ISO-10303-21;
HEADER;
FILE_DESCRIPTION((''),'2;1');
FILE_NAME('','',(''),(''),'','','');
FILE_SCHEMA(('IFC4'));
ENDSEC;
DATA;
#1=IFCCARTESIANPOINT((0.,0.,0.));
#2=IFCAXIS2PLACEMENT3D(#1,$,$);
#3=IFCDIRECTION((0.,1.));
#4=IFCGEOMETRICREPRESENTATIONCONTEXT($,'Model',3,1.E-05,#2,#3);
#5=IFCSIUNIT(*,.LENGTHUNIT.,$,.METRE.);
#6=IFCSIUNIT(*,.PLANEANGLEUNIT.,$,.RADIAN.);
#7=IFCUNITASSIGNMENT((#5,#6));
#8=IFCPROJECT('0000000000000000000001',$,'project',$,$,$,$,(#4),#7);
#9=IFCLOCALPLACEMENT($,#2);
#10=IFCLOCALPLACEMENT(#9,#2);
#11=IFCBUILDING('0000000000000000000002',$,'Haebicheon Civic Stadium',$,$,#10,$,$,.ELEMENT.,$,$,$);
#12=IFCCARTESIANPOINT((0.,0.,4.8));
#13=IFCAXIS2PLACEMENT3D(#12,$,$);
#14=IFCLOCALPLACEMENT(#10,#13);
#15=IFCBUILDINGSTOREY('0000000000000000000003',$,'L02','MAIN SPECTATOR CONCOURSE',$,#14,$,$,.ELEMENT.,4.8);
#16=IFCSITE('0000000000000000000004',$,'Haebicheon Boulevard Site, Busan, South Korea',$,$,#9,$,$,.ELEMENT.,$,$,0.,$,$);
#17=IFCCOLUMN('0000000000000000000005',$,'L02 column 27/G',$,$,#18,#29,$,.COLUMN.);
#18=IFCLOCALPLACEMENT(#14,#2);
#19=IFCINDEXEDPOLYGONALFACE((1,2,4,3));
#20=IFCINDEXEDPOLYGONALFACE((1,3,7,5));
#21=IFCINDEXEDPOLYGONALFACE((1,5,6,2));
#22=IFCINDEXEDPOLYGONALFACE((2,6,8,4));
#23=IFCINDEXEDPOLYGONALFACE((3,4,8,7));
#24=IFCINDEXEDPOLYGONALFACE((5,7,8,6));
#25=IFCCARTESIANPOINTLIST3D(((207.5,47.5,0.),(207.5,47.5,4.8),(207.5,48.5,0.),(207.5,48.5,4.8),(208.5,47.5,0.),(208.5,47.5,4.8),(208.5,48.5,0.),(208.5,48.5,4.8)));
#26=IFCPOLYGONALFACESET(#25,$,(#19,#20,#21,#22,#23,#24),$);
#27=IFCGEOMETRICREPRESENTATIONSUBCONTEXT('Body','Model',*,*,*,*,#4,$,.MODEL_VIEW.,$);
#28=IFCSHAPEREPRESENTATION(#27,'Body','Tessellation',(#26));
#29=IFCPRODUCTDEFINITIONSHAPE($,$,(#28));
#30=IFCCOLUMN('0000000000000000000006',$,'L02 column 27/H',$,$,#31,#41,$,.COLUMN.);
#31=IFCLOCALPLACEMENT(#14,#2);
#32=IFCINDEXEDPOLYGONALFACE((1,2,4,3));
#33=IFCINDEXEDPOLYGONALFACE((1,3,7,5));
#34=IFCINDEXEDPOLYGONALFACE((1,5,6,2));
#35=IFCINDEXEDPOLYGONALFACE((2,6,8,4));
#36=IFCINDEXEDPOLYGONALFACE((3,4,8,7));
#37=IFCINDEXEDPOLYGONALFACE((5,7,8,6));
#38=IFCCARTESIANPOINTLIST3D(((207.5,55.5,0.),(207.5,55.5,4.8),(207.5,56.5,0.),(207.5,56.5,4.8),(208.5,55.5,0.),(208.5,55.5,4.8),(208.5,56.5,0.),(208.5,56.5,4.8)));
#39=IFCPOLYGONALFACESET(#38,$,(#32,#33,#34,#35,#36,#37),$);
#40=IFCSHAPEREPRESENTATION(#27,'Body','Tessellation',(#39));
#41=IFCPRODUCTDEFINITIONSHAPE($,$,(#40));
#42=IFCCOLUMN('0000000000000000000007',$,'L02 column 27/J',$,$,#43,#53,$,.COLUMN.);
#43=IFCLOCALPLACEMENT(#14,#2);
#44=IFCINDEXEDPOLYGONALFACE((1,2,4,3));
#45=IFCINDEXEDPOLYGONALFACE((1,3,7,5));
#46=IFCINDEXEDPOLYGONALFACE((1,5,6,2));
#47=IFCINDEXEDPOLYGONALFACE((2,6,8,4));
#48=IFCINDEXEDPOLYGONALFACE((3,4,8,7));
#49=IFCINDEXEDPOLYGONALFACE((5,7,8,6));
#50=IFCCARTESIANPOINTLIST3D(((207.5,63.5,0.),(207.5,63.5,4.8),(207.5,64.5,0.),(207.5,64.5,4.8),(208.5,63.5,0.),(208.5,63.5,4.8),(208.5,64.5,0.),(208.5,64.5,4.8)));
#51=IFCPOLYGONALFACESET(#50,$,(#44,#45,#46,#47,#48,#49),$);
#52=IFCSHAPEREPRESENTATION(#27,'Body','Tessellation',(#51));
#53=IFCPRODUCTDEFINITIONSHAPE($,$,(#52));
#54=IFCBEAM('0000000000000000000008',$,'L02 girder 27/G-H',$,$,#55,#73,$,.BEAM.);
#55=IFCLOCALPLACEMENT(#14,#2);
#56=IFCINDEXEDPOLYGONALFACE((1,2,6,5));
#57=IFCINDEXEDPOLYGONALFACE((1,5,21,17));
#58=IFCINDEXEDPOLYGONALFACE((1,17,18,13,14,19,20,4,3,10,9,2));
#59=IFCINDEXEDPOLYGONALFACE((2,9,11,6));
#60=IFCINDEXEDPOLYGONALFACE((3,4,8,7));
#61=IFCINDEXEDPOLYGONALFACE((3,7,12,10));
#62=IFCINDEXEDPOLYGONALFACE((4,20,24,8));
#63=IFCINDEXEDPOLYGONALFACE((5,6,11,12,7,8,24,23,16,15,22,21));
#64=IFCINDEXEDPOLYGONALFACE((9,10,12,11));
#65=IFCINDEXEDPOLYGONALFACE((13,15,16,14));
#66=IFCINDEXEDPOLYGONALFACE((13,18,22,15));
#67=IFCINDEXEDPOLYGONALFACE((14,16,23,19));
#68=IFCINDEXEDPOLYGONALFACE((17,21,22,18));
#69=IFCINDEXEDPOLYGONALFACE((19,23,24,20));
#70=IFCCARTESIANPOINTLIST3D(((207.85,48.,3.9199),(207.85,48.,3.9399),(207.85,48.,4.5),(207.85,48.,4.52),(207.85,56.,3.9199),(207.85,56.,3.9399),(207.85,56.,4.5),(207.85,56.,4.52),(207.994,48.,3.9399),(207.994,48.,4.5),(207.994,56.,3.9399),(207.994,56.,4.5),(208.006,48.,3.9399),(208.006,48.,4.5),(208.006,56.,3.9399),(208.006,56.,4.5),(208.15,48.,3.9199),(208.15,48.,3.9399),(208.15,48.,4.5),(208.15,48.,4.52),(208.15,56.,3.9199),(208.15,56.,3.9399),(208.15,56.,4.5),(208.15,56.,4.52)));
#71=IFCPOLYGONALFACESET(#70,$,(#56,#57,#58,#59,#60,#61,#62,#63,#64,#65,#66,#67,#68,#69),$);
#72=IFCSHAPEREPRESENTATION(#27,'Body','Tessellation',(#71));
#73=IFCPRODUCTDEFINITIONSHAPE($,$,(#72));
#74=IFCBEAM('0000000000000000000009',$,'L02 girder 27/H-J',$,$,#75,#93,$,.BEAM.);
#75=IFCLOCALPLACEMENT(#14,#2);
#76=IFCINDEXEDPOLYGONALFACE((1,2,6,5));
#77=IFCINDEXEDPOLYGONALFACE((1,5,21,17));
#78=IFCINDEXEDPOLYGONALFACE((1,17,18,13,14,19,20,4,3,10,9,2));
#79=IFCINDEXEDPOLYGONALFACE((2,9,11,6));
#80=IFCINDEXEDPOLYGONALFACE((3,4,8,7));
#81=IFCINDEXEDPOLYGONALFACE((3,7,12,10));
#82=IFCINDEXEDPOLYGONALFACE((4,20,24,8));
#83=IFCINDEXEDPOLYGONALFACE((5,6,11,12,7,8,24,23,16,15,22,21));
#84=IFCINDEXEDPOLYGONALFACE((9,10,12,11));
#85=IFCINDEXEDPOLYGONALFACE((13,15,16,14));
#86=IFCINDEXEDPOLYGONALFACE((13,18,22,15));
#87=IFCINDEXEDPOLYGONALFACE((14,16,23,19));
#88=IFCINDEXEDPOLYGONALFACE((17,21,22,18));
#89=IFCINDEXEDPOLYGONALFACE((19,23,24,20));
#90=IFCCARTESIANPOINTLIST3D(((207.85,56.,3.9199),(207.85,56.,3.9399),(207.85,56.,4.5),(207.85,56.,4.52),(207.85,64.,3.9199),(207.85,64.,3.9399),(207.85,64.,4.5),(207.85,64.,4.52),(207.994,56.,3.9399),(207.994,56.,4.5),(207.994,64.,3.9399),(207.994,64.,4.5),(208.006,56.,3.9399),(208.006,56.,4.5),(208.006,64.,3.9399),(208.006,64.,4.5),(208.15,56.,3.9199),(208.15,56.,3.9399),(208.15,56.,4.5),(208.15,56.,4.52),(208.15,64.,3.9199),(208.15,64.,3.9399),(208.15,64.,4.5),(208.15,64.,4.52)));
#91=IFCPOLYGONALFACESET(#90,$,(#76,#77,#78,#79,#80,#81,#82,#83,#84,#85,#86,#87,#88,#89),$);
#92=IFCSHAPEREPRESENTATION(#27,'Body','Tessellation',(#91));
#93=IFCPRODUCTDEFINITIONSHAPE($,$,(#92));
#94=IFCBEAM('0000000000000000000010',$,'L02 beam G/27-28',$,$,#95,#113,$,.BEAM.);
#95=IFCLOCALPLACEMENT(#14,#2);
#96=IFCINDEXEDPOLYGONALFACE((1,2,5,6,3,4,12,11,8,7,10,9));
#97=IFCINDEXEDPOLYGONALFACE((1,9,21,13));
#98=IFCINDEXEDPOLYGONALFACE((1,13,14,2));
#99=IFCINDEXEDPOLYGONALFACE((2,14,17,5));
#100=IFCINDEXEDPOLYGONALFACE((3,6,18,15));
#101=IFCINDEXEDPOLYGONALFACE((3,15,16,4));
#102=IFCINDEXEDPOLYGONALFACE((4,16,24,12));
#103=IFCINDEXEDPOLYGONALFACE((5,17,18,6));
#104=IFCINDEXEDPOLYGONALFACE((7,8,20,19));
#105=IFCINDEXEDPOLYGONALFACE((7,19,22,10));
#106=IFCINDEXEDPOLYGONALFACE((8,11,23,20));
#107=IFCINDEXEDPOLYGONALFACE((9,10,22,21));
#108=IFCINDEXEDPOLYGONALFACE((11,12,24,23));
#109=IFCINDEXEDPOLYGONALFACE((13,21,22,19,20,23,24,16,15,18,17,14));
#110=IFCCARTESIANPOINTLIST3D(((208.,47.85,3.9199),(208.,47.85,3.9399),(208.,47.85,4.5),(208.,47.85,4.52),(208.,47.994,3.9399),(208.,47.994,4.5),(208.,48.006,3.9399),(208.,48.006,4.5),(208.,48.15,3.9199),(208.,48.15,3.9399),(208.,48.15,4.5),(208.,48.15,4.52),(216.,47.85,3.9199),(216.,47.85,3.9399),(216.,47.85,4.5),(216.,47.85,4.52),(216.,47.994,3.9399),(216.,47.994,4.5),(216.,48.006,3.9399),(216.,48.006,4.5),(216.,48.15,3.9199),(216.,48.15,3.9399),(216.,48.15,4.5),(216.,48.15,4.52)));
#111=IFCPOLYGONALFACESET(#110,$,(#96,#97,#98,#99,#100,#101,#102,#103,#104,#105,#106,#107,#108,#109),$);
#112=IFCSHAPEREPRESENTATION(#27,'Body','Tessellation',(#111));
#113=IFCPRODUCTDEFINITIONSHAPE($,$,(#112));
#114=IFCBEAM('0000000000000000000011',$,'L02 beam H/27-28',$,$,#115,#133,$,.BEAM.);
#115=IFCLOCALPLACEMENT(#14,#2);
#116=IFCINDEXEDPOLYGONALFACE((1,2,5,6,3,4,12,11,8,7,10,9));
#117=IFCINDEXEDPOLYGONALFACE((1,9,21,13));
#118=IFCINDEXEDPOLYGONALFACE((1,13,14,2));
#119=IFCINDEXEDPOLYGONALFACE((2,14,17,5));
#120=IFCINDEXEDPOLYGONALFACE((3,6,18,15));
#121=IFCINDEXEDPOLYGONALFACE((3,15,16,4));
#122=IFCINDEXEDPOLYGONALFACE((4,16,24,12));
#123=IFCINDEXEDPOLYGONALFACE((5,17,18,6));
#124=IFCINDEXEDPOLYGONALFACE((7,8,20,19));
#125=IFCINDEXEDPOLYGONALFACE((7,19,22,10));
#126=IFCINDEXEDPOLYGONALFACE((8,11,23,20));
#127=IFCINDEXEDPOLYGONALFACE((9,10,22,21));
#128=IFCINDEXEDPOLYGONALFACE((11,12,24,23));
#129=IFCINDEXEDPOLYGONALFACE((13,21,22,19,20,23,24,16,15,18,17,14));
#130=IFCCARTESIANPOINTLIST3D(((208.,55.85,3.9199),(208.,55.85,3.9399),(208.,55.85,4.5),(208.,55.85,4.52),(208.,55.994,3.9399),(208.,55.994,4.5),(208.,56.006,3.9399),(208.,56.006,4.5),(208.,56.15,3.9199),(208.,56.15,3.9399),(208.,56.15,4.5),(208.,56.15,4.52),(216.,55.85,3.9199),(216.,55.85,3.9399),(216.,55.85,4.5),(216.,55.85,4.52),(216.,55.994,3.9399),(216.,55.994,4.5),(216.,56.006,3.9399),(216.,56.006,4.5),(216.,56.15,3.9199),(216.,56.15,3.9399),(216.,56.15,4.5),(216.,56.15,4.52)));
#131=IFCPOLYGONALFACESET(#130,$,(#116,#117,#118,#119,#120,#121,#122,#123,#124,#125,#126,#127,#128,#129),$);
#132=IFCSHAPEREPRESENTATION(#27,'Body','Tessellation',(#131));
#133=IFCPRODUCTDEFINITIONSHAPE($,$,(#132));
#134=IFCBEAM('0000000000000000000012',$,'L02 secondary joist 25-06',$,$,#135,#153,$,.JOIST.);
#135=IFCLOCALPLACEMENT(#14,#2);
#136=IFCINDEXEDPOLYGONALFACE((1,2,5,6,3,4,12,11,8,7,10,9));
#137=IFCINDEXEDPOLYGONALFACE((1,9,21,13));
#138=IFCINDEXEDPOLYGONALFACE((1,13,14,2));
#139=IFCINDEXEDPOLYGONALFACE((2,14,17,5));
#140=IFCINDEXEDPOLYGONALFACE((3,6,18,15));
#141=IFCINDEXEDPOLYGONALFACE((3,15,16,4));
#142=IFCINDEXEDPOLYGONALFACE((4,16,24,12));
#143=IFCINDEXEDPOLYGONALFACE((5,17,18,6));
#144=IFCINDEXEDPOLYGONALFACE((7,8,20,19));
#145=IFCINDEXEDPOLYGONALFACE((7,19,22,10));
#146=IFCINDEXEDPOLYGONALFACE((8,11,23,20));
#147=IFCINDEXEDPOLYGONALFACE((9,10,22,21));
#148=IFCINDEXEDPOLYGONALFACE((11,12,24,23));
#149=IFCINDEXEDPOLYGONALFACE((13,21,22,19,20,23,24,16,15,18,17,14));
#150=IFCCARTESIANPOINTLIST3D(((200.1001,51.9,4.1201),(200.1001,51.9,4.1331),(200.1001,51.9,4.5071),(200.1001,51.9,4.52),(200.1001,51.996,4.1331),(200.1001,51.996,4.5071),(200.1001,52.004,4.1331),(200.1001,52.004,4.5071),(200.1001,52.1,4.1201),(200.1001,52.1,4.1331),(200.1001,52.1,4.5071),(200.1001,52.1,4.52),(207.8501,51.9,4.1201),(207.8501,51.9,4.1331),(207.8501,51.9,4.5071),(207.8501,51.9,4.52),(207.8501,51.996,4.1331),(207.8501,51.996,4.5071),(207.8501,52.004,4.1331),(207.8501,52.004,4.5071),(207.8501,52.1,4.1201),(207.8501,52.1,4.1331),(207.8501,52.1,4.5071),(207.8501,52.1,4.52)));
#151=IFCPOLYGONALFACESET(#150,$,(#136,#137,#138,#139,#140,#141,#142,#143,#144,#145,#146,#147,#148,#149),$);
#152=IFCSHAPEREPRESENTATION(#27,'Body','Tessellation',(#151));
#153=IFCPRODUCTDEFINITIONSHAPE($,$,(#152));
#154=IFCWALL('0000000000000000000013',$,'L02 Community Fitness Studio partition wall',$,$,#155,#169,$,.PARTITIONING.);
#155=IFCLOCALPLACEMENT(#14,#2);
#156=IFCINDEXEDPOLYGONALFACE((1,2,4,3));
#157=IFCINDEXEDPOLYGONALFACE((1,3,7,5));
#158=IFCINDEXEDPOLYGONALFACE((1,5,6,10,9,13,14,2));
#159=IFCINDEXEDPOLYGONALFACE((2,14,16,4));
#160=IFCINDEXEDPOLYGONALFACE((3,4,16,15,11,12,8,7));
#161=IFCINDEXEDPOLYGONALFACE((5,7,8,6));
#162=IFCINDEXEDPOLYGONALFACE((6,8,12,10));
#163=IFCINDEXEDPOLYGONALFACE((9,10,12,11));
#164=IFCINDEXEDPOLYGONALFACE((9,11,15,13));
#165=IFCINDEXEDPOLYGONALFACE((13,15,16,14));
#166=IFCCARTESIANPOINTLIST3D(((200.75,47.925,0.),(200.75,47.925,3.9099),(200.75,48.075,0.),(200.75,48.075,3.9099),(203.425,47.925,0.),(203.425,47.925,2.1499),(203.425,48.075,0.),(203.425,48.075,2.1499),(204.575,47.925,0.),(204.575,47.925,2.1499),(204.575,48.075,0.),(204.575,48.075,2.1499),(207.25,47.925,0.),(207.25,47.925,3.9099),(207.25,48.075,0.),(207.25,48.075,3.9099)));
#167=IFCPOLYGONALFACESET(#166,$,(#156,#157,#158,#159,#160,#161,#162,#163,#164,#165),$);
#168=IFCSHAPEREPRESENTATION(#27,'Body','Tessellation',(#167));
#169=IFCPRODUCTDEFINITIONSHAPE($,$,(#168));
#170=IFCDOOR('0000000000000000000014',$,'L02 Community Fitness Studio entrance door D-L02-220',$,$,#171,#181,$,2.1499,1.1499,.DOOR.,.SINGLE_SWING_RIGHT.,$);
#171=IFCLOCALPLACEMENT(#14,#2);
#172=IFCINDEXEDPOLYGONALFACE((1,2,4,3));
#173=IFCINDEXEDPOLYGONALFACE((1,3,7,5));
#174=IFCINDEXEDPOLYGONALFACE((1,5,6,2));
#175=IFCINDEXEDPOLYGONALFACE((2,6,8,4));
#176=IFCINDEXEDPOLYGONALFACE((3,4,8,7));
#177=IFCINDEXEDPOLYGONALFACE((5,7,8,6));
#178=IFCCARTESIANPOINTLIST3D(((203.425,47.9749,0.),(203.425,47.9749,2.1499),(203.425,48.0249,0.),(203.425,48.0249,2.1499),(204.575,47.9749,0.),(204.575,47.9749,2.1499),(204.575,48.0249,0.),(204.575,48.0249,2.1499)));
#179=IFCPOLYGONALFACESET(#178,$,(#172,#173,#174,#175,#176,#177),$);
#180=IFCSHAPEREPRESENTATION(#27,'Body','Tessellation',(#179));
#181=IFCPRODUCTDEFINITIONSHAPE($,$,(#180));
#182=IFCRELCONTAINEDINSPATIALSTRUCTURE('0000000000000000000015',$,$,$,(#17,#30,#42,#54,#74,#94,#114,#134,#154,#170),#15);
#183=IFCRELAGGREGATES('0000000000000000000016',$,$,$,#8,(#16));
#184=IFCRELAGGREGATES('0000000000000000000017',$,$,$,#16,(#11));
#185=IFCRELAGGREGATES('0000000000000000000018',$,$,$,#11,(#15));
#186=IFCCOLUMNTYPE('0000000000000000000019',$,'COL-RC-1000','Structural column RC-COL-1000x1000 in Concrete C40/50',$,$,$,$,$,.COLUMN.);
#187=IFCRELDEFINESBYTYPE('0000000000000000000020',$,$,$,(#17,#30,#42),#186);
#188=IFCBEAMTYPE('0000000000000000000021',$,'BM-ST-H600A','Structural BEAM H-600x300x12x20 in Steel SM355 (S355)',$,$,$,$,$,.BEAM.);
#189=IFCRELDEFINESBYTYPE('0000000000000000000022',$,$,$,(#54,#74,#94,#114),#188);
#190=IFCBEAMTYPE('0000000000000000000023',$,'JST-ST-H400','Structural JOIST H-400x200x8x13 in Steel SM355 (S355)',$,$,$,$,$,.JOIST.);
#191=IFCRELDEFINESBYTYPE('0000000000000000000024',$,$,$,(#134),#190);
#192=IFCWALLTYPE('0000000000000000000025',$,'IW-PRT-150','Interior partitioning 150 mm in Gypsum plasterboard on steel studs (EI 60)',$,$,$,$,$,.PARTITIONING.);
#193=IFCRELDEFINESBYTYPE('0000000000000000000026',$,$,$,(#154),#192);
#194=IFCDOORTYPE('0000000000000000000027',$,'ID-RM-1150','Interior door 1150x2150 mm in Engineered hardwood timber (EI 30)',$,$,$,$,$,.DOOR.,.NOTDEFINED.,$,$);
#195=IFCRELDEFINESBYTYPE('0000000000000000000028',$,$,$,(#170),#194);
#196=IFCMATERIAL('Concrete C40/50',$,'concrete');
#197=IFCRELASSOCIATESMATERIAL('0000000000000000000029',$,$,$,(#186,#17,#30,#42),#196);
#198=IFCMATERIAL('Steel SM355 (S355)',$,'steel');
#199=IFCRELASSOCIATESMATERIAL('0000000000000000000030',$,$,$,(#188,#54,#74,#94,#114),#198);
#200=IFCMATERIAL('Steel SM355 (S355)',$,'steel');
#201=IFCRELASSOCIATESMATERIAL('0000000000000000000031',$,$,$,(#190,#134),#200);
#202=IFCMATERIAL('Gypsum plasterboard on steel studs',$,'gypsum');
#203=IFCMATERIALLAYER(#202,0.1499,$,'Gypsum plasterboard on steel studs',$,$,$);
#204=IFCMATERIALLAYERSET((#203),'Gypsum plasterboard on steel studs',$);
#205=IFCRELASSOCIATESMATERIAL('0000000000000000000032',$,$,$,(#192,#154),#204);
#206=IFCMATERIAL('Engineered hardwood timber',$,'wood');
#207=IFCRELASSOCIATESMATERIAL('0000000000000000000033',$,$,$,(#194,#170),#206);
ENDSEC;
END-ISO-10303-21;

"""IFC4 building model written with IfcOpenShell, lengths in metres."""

from ifc_helpers import new_model, si_unit, direction, frame, frame_2d, origin, origin_2d, place, context, subcontext, project, spatial, rectangle, i_section, extrude, material, layer, layer_set, material_profile, profile_set, type_object, element, fill, save


model = new_model("IFC4")

# Units and contexts
model_context = context("Model", 3, precision=1e-05, world=origin(), true_north=direction((0.0, 1.0)))
body_context = subcontext(model_context, "Body", "Model", "MODEL_VIEW")
ifc_project = project(units=[si_unit("LENGTHUNIT", "METRE"), si_unit("PLANEANGLEUNIT", "RADIAN")], contexts=[model_context])

# Site, building, storey
site_placement = place(None, origin())
site = spatial("IfcSite", under=ifc_project, at=site_placement, Name="Haebicheon Boulevard Site, Busan, South Korea", CompositionType="ELEMENT", RefElevation=0.0)
building_placement = place(site_placement, origin())
building = spatial("IfcBuilding", under=site, at=building_placement, Name="Haebicheon Civic Stadium", CompositionType="ELEMENT")
storey_placement = place(building_placement, frame((0.0, 0.0, 4.8)))
storey = spatial("IfcBuildingStorey", under=building, at=storey_placement, Name="L02", Description="MAIN SPECTATOR CONCOURSE", CompositionType="ELEMENT", Elevation=4.8)

# Columns
ifc_material_1 = material(Name="Concrete C40/50", Category="concrete")
ifc_material_profile_1 = material_profile(ifc_material_1, rectangle(XDim=1.0, YDim=1.0, at=origin_2d()), Name="RC-COL-1000x1000")
ifc_profile_set_1 = profile_set([ifc_material_profile_1], Name="Concrete C40/50")
column_type = type_object("IfcColumnType", Name="COL-RC-1000", Description="Structural column RC-COL-1000x1000 in Concrete C40/50", PredefinedType="COLUMN", material=ifc_profile_set_1)
for number, where, z_axis, x_axis, name in (
    (1, (208.0, 48.0, 0.0), (0.0, 0.0, 1.0), (1.0, 0.0, 0.0), "L02 column 27/G"),
    (2, (208.0, 56.0, 0.0), (0.0, 0.0, 1.0), (1.0, 0.0, 0.0), "L02 column 27/H"),
    (3, (208.0, 64.0, 0.0), (0.0, 0.0, 1.0), (1.0, 0.0, 0.0), "L02 column 27/J"),
):
    element("IfcColumn", number, at=place(storey_placement, frame(where, z_axis=z_axis, x_axis=x_axis)), inside=storey, type_object=column_type, material=ifc_profile_set_1, Name=name, PredefinedType="COLUMN", context=body_context, shape_type="SweptSolid", body=[
        extrude(rectangle(XDim=1.0, YDim=1.0, at=origin_2d()), origin(), (0.0, 0.0, 1.0), 4.8),
    ])

# Beams
ifc_material_2 = material(Name="Steel SM355 (S355)", Category="steel")
ifc_material_profile_2 = material_profile(ifc_material_2, i_section(OverallWidth=0.3, OverallDepth=0.6001, WebThickness=0.012, FlangeThickness=0.02, at=origin_2d()), Name="H-600x300x12x20")
ifc_profile_set_2 = profile_set([ifc_material_profile_2], Name="Steel SM355 (S355)")
beam_type_1 = type_object("IfcBeamType", Name="BM-ST-H600A", Description="Structural BEAM H-600x300x12x20 in Steel SM355 (S355)", PredefinedType="BEAM", material=ifc_profile_set_2)
for number, where, z_axis, x_axis, name in (
    (4, (208.0, 48.0, 4.22), (0.0, 1.0, 0.0), (-1.0, 0.0, 0.0), "L02 girder 27/G-H"),
    (5, (208.0, 56.0, 4.22), (0.0, 1.0, 0.0), (-1.0, 0.0, 0.0), "L02 girder 27/H-J"),
    (6, (208.0, 48.0, 4.22), (1.0, 0.0, 0.0), (0.0, 1.0, 0.0), "L02 beam G/27-28"),
    (7, (208.0, 56.0, 4.22), (1.0, 0.0, 0.0), (0.0, 1.0, 0.0), "L02 beam H/27-28"),
):
    element("IfcBeam", number, at=place(storey_placement, frame(where, z_axis=z_axis, x_axis=x_axis)), inside=storey, type_object=beam_type_1, material=ifc_profile_set_2, Name=name, PredefinedType="BEAM", context=body_context, shape_type="SweptSolid", body=[
        extrude(i_section(OverallWidth=0.3, OverallDepth=0.6001, WebThickness=0.012, FlangeThickness=0.02, at=origin_2d()), origin(), (0.0, 0.0, 1.0), 8.0),
    ])
ifc_material_3 = material(Name="Steel SM355 (S355)", Category="steel")
ifc_material_profile_3 = material_profile(ifc_material_3, i_section(OverallWidth=0.2, OverallDepth=0.3999, WebThickness=0.0081, FlangeThickness=0.0129, at=origin_2d()), Name="H-400x200x8x13")
ifc_profile_set_3 = profile_set([ifc_material_profile_3], Name="Steel SM355 (S355)")
beam_type_2 = type_object("IfcBeamType", Name="JST-ST-H400", Description="Structural JOIST H-400x200x8x13 in Steel SM355 (S355)", PredefinedType="JOIST", material=ifc_profile_set_3)
beam_placement = place(storey_placement, frame((200.1001, 52.0, 4.3201), z_axis=(1.0, 0.0, 0.0), x_axis=(0.0, 1.0, 0.0)))
element("IfcBeam", 8, at=beam_placement, inside=storey, type_object=beam_type_2, material=ifc_profile_set_3, Name="L02 secondary joist 25-06", PredefinedType="JOIST", context=body_context, shape_type="SweptSolid", body=[
    extrude(i_section(OverallWidth=0.2, OverallDepth=0.3999, WebThickness=0.0081, FlangeThickness=0.0129, at=origin_2d()), origin(), (0.0, 0.0, 1.0), 7.75),
])

# Wall, opening, door
ifc_material_4 = material(Name="Gypsum plasterboard on steel studs", Category="gypsum")
ifc_layer = layer(ifc_material_4, 0.1499, Name="Gypsum plasterboard on steel studs")
ifc_layer_set = layer_set([ifc_layer], Name="Gypsum plasterboard on steel studs")
wall_type = type_object("IfcWallType", Name="IW-PRT-150", Description="Interior partitioning 150 mm in Gypsum plasterboard on steel studs (EI 60)", PredefinedType="PARTITIONING", material=ifc_layer_set)
wall_placement = place(storey_placement, frame((200.75, 48.0, 0.0), z_axis=(0.0, 0.0, 1.0), x_axis=(1.0, 0.0, 0.0)))
wall = element("IfcWall", 9, at=wall_placement, inside=storey, type_object=wall_type, material=ifc_layer_set, Name="L02 Community Fitness Studio partition wall", PredefinedType="PARTITIONING", context=body_context, shape_type="SweptSolid", body=[
    extrude(rectangle(XDim=6.5, YDim=0.1499, at=frame_2d((3.25, 0.0))), origin(), (0.0, 0.0, 1.0), 3.9099),
])
opening_placement = place(wall_placement, frame((2.675, 0.0, 0.0)))
opening = element("IfcOpeningElement", 10, at=opening_placement, cuts=wall, PredefinedType="OPENING", context=body_context, shape_type="SweptSolid", body=[
    extrude(rectangle(XDim=1.1499, YDim=2.1499, at=frame_2d((0.575, 1.075))), frame((0.0, 0.085, 0.0), z_axis=(0.0, -1.0, 0.0), x_axis=(1.0, 0.0, 0.0)), (0.0, 0.0, 1.0), 0.1699),
])
ifc_material_5 = material(Name="Engineered hardwood timber", Category="wood")
door_type = type_object("IfcDoorType", Name="ID-RM-1150", Description="Interior door 1150x2150 mm in Engineered hardwood timber (EI 30)", OperationType="NOTDEFINED", PredefinedType="DOOR", material=ifc_material_5)
door_placement = place(opening_placement, origin())
door = element("IfcDoor", 11, at=door_placement, inside=storey, type_object=door_type, material=ifc_material_5, Name="L02 Community Fitness Studio entrance door D-L02-220", OperationType="SINGLE_SWING_RIGHT", OverallHeight=2.1499, OverallWidth=1.1499, PredefinedType="DOOR", context=body_context, shape_type="SweptSolid", body=[
    extrude(rectangle(XDim=1.1499, YDim=2.1499, at=frame_2d((0.575, 1.075))), frame((0.0, 0.0249, 0.0), z_axis=(0.0, -1.0, 0.0), x_axis=(1.0, 0.0, 0.0)), (0.0, 0.0, 1.0), 0.05),
])
fill(opening, door)

save(model, "model.ifc")
